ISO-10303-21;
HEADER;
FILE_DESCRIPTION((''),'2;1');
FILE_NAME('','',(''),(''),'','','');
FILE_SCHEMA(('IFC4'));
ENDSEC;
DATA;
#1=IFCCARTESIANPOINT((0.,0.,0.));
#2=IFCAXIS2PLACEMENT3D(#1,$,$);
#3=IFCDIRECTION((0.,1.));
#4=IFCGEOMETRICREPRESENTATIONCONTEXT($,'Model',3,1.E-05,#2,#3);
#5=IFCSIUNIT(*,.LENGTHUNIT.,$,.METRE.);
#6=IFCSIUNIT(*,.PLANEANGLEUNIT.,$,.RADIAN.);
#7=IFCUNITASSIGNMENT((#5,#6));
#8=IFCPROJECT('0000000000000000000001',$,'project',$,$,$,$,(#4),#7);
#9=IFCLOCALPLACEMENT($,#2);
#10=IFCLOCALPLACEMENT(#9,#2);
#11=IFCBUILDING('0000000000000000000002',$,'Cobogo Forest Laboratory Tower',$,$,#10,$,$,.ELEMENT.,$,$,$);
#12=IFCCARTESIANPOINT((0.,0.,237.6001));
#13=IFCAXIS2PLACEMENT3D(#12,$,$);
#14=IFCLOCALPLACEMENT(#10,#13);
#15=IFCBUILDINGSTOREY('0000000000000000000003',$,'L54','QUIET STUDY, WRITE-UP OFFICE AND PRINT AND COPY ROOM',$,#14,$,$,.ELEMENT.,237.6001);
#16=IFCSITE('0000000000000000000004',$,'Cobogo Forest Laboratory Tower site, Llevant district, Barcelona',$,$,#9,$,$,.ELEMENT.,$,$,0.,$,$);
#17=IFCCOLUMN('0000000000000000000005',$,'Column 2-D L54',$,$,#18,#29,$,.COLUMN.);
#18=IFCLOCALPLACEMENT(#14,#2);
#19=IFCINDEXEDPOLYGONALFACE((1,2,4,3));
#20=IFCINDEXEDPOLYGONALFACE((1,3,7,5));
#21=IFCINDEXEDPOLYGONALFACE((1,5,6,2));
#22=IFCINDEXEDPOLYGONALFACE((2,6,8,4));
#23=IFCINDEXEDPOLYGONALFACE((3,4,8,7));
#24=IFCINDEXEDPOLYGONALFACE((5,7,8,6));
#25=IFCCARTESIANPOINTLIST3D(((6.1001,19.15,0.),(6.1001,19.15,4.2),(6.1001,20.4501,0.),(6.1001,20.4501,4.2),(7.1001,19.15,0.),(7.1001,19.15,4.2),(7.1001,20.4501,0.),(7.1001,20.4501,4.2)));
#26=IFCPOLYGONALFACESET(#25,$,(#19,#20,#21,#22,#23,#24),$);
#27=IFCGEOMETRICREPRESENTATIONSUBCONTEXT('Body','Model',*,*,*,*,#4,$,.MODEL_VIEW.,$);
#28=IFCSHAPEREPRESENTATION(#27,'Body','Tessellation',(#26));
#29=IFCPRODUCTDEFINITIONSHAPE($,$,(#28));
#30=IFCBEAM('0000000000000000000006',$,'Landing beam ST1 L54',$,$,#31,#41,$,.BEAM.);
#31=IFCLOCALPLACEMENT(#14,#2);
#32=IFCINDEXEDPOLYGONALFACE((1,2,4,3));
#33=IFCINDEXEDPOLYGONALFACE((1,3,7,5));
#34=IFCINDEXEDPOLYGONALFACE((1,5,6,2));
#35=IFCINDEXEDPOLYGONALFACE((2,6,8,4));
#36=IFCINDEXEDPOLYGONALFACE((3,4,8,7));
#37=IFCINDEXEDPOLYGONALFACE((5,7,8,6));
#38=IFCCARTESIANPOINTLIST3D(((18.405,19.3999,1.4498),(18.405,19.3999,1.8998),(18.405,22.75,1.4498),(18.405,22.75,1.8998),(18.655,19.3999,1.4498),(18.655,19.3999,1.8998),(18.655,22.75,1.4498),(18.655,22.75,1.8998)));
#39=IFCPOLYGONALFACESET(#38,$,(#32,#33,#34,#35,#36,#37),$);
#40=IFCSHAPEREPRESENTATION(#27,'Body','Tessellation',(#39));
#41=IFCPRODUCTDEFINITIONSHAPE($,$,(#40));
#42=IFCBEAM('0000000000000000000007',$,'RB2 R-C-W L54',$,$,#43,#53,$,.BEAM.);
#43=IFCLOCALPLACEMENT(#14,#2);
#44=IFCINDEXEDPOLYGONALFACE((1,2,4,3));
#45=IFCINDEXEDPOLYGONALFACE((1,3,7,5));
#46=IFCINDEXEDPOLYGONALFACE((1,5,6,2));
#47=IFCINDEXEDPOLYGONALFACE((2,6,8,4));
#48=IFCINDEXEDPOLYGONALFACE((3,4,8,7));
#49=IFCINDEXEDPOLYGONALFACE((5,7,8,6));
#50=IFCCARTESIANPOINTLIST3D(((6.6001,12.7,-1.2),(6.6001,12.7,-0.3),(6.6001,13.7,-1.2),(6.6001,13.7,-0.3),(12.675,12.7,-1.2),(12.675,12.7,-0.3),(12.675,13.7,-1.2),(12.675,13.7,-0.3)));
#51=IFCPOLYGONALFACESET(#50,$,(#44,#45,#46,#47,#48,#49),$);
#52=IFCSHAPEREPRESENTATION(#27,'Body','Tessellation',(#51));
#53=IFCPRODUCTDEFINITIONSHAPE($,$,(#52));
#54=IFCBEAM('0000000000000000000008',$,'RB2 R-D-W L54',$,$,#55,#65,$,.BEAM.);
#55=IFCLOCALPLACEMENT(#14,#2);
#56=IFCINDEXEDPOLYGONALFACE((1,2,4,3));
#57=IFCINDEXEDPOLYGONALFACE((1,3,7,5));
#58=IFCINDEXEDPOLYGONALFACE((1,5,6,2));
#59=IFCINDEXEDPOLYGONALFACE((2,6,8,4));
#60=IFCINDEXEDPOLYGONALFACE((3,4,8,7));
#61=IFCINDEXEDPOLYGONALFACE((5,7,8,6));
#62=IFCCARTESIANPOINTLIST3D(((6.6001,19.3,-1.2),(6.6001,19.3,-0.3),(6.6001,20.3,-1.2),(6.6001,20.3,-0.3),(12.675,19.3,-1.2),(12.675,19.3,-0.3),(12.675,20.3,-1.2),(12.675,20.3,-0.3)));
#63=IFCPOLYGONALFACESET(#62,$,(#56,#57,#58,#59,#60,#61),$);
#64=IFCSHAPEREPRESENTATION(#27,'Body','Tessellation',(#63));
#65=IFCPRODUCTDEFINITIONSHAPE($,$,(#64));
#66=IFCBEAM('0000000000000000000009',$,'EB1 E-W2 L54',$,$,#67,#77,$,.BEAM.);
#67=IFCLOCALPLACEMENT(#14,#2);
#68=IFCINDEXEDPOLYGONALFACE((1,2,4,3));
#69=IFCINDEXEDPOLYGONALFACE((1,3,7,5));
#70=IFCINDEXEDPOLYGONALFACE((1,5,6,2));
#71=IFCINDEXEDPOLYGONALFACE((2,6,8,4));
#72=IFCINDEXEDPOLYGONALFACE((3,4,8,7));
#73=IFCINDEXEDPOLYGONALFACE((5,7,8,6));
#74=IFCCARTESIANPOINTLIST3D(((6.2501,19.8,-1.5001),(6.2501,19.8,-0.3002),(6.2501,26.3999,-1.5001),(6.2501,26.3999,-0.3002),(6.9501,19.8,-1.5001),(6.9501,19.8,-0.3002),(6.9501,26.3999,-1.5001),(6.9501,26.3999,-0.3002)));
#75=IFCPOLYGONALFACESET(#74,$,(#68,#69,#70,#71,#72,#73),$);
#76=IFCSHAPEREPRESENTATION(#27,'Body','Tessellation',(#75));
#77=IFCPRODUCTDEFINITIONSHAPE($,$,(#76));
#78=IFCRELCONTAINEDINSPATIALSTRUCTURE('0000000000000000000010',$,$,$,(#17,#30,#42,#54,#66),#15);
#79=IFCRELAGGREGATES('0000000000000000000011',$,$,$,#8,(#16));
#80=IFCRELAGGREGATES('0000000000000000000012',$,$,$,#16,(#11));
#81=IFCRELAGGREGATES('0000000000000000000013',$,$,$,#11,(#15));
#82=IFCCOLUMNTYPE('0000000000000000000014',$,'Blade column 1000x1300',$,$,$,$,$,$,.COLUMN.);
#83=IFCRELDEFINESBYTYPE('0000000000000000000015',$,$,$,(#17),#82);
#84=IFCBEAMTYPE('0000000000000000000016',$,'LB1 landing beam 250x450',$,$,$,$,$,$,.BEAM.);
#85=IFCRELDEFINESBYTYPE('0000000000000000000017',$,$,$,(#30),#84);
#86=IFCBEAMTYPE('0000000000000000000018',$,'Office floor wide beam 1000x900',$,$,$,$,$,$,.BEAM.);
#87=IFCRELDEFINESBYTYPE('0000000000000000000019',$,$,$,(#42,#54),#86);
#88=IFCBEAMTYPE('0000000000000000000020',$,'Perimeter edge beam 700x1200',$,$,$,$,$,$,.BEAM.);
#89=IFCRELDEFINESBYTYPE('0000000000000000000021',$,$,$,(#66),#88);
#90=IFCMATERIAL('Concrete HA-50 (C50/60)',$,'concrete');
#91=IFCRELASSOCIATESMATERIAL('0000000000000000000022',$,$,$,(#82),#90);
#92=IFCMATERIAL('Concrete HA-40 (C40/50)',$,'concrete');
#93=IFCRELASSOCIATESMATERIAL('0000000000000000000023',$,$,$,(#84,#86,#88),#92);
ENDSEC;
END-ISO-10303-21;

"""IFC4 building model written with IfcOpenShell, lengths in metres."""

from ifc_helpers import new_model, si_unit, direction, frame, origin, origin_2d, place, context, subcontext, project, spatial, rectangle, extrude, material, material_profile, profile_set, type_object, element, save


model = new_model("IFC4")

# Units and contexts
model_context = context("Model", 3, precision=1e-05, world=origin(), true_north=direction((0.0, 1.0)))
body_context = subcontext(model_context, "Body", "Model", "MODEL_VIEW")
ifc_project = project(units=[si_unit("LENGTHUNIT", "METRE"), si_unit("PLANEANGLEUNIT", "RADIAN")], contexts=[model_context])

# Site, building, storey
site_placement = place(None, origin())
site = spatial("IfcSite", under=ifc_project, at=site_placement, Name="Cobogo Forest Laboratory Tower site, Llevant district, Barcelona", CompositionType="ELEMENT", RefElevation=0.0)
building_placement = place(site_placement, origin())
building = spatial("IfcBuilding", under=site, at=building_placement, Name="Cobogo Forest Laboratory Tower", CompositionType="ELEMENT")
storey_placement = place(building_placement, frame((0.0, 0.0, 237.6001)))
storey = spatial("IfcBuildingStorey", under=building, at=storey_placement, Name="L54", Description="QUIET STUDY, WRITE-UP OFFICE AND PRINT AND COPY ROOM", CompositionType="ELEMENT", Elevation=237.6001)

# Column
ifc_material_1 = material(Name="Concrete HA-50 (C50/60)", Category="concrete")
ifc_material_profile_1 = material_profile(ifc_material_1, rectangle(XDim=1.3, YDim=1.0, at=origin_2d()), Name="RC 1000x1300")
ifc_profile_set_1 = profile_set([ifc_material_profile_1], Name="Concrete HA-50 (C50/60)")
column_type = type_object("IfcColumnType", Name="Blade column 1000x1300", PredefinedType="COLUMN", material=ifc_profile_set_1)
column_placement = place(storey_placement, frame((6.6001, 19.8, 0.0), z_axis=(0.0, 0.0, 1.0), x_axis=(0.0, 1.0, 0.0)))
element("IfcColumn", 1, at=column_placement, inside=storey, type_object=column_type, Name="Column 2-D L54", PredefinedType="COLUMN", context=body_context, shape_type="SweptSolid", body=[
    extrude(rectangle(XDim=1.3, YDim=1.0, at=origin_2d()), origin(), (0.0, 0.0, 1.0), 4.2),
])

# Beams
ifc_material_2 = material(Name="Concrete HA-40 (C40/50)", Category="concrete")
ifc_material_profile_2 = material_profile(ifc_material_2, rectangle(XDim=0.25, YDim=0.45, at=origin_2d()), Name="RC 250x450")
ifc_profile_set_2 = profile_set([ifc_material_profile_2], Name="Concrete HA-40 (C40/50)")
beam_type_1 = type_object("IfcBeamType", Name="LB1 landing beam 250x450", PredefinedType="BEAM", material=ifc_profile_set_2)
beam_1_placement = place(storey_placement, frame((18.53, 19.3999, 1.6748), z_axis=(0.0, 1.0, 0.0), x_axis=(-1.0, 0.0, 0.0)))
element("IfcBeam", 2, at=beam_1_placement, inside=storey, type_object=beam_type_1, Name="Landing beam ST1 L54", PredefinedType="BEAM", context=body_context, shape_type="SweptSolid", body=[
    extrude(rectangle(XDim=0.25, YDim=0.45, at=origin_2d()), origin(), (0.0, 0.0, 1.0), 3.3501),
])
ifc_material_profile_3 = material_profile(ifc_material_2, rectangle(XDim=1.0, YDim=0.8999, at=origin_2d()), Name="RC 1000x900")
ifc_profile_set_3 = profile_set([ifc_material_profile_3], Name="Concrete HA-40 (C40/50)")
beam_type_2 = type_object("IfcBeamType", Name="Office floor wide beam 1000x900", PredefinedType="BEAM", material=ifc_profile_set_3)
for number, where, z_axis, x_axis, name in (
    (3, (12.675, 13.2, -0.75), (-1.0, 0.0, 0.0), (0.0, -1.0, 0.0), "RB2 R-C-W L54"),
    (4, (12.675, 19.8, -0.75), (-1.0, 0.0, 0.0), (0.0, -1.0, 0.0), "RB2 R-D-W L54"),
):
    element("IfcBeam", number, at=place(storey_placement, frame(where, z_axis=z_axis, x_axis=x_axis)), inside=storey, type_object=beam_type_2, Name=name, PredefinedType="BEAM", context=body_context, shape_type="SweptSolid", body=[
        extrude(rectangle(XDim=1.0, YDim=0.8999, at=origin_2d()), origin(), (0.0, 0.0, 1.0), 6.075),
    ])
ifc_material_profile_4 = material_profile(ifc_material_2, rectangle(XDim=0.7, YDim=1.2, at=origin_2d()), Name="RC 700x1200")
ifc_profile_set_4 = profile_set([ifc_material_profile_4], Name="Concrete HA-40 (C40/50)")
beam_type_3 = type_object("IfcBeamType", Name="Perimeter edge beam 700x1200", PredefinedType="BEAM", material=ifc_profile_set_4)
beam_2_placement = place(storey_placement, frame((6.6001, 19.8, -0.9001), z_axis=(0.0, 1.0, 0.0), x_axis=(-1.0, 0.0, 0.0)))
element("IfcBeam", 5, at=beam_2_placement, inside=storey, type_object=beam_type_3, Name="EB1 E-W2 L54", PredefinedType="BEAM", context=body_context, shape_type="SweptSolid", body=[
    extrude(rectangle(XDim=0.7, YDim=1.2, at=origin_2d()), origin(), (0.0, 0.0, 1.0), 6.5999),
])

save(model, "model.ifc")
